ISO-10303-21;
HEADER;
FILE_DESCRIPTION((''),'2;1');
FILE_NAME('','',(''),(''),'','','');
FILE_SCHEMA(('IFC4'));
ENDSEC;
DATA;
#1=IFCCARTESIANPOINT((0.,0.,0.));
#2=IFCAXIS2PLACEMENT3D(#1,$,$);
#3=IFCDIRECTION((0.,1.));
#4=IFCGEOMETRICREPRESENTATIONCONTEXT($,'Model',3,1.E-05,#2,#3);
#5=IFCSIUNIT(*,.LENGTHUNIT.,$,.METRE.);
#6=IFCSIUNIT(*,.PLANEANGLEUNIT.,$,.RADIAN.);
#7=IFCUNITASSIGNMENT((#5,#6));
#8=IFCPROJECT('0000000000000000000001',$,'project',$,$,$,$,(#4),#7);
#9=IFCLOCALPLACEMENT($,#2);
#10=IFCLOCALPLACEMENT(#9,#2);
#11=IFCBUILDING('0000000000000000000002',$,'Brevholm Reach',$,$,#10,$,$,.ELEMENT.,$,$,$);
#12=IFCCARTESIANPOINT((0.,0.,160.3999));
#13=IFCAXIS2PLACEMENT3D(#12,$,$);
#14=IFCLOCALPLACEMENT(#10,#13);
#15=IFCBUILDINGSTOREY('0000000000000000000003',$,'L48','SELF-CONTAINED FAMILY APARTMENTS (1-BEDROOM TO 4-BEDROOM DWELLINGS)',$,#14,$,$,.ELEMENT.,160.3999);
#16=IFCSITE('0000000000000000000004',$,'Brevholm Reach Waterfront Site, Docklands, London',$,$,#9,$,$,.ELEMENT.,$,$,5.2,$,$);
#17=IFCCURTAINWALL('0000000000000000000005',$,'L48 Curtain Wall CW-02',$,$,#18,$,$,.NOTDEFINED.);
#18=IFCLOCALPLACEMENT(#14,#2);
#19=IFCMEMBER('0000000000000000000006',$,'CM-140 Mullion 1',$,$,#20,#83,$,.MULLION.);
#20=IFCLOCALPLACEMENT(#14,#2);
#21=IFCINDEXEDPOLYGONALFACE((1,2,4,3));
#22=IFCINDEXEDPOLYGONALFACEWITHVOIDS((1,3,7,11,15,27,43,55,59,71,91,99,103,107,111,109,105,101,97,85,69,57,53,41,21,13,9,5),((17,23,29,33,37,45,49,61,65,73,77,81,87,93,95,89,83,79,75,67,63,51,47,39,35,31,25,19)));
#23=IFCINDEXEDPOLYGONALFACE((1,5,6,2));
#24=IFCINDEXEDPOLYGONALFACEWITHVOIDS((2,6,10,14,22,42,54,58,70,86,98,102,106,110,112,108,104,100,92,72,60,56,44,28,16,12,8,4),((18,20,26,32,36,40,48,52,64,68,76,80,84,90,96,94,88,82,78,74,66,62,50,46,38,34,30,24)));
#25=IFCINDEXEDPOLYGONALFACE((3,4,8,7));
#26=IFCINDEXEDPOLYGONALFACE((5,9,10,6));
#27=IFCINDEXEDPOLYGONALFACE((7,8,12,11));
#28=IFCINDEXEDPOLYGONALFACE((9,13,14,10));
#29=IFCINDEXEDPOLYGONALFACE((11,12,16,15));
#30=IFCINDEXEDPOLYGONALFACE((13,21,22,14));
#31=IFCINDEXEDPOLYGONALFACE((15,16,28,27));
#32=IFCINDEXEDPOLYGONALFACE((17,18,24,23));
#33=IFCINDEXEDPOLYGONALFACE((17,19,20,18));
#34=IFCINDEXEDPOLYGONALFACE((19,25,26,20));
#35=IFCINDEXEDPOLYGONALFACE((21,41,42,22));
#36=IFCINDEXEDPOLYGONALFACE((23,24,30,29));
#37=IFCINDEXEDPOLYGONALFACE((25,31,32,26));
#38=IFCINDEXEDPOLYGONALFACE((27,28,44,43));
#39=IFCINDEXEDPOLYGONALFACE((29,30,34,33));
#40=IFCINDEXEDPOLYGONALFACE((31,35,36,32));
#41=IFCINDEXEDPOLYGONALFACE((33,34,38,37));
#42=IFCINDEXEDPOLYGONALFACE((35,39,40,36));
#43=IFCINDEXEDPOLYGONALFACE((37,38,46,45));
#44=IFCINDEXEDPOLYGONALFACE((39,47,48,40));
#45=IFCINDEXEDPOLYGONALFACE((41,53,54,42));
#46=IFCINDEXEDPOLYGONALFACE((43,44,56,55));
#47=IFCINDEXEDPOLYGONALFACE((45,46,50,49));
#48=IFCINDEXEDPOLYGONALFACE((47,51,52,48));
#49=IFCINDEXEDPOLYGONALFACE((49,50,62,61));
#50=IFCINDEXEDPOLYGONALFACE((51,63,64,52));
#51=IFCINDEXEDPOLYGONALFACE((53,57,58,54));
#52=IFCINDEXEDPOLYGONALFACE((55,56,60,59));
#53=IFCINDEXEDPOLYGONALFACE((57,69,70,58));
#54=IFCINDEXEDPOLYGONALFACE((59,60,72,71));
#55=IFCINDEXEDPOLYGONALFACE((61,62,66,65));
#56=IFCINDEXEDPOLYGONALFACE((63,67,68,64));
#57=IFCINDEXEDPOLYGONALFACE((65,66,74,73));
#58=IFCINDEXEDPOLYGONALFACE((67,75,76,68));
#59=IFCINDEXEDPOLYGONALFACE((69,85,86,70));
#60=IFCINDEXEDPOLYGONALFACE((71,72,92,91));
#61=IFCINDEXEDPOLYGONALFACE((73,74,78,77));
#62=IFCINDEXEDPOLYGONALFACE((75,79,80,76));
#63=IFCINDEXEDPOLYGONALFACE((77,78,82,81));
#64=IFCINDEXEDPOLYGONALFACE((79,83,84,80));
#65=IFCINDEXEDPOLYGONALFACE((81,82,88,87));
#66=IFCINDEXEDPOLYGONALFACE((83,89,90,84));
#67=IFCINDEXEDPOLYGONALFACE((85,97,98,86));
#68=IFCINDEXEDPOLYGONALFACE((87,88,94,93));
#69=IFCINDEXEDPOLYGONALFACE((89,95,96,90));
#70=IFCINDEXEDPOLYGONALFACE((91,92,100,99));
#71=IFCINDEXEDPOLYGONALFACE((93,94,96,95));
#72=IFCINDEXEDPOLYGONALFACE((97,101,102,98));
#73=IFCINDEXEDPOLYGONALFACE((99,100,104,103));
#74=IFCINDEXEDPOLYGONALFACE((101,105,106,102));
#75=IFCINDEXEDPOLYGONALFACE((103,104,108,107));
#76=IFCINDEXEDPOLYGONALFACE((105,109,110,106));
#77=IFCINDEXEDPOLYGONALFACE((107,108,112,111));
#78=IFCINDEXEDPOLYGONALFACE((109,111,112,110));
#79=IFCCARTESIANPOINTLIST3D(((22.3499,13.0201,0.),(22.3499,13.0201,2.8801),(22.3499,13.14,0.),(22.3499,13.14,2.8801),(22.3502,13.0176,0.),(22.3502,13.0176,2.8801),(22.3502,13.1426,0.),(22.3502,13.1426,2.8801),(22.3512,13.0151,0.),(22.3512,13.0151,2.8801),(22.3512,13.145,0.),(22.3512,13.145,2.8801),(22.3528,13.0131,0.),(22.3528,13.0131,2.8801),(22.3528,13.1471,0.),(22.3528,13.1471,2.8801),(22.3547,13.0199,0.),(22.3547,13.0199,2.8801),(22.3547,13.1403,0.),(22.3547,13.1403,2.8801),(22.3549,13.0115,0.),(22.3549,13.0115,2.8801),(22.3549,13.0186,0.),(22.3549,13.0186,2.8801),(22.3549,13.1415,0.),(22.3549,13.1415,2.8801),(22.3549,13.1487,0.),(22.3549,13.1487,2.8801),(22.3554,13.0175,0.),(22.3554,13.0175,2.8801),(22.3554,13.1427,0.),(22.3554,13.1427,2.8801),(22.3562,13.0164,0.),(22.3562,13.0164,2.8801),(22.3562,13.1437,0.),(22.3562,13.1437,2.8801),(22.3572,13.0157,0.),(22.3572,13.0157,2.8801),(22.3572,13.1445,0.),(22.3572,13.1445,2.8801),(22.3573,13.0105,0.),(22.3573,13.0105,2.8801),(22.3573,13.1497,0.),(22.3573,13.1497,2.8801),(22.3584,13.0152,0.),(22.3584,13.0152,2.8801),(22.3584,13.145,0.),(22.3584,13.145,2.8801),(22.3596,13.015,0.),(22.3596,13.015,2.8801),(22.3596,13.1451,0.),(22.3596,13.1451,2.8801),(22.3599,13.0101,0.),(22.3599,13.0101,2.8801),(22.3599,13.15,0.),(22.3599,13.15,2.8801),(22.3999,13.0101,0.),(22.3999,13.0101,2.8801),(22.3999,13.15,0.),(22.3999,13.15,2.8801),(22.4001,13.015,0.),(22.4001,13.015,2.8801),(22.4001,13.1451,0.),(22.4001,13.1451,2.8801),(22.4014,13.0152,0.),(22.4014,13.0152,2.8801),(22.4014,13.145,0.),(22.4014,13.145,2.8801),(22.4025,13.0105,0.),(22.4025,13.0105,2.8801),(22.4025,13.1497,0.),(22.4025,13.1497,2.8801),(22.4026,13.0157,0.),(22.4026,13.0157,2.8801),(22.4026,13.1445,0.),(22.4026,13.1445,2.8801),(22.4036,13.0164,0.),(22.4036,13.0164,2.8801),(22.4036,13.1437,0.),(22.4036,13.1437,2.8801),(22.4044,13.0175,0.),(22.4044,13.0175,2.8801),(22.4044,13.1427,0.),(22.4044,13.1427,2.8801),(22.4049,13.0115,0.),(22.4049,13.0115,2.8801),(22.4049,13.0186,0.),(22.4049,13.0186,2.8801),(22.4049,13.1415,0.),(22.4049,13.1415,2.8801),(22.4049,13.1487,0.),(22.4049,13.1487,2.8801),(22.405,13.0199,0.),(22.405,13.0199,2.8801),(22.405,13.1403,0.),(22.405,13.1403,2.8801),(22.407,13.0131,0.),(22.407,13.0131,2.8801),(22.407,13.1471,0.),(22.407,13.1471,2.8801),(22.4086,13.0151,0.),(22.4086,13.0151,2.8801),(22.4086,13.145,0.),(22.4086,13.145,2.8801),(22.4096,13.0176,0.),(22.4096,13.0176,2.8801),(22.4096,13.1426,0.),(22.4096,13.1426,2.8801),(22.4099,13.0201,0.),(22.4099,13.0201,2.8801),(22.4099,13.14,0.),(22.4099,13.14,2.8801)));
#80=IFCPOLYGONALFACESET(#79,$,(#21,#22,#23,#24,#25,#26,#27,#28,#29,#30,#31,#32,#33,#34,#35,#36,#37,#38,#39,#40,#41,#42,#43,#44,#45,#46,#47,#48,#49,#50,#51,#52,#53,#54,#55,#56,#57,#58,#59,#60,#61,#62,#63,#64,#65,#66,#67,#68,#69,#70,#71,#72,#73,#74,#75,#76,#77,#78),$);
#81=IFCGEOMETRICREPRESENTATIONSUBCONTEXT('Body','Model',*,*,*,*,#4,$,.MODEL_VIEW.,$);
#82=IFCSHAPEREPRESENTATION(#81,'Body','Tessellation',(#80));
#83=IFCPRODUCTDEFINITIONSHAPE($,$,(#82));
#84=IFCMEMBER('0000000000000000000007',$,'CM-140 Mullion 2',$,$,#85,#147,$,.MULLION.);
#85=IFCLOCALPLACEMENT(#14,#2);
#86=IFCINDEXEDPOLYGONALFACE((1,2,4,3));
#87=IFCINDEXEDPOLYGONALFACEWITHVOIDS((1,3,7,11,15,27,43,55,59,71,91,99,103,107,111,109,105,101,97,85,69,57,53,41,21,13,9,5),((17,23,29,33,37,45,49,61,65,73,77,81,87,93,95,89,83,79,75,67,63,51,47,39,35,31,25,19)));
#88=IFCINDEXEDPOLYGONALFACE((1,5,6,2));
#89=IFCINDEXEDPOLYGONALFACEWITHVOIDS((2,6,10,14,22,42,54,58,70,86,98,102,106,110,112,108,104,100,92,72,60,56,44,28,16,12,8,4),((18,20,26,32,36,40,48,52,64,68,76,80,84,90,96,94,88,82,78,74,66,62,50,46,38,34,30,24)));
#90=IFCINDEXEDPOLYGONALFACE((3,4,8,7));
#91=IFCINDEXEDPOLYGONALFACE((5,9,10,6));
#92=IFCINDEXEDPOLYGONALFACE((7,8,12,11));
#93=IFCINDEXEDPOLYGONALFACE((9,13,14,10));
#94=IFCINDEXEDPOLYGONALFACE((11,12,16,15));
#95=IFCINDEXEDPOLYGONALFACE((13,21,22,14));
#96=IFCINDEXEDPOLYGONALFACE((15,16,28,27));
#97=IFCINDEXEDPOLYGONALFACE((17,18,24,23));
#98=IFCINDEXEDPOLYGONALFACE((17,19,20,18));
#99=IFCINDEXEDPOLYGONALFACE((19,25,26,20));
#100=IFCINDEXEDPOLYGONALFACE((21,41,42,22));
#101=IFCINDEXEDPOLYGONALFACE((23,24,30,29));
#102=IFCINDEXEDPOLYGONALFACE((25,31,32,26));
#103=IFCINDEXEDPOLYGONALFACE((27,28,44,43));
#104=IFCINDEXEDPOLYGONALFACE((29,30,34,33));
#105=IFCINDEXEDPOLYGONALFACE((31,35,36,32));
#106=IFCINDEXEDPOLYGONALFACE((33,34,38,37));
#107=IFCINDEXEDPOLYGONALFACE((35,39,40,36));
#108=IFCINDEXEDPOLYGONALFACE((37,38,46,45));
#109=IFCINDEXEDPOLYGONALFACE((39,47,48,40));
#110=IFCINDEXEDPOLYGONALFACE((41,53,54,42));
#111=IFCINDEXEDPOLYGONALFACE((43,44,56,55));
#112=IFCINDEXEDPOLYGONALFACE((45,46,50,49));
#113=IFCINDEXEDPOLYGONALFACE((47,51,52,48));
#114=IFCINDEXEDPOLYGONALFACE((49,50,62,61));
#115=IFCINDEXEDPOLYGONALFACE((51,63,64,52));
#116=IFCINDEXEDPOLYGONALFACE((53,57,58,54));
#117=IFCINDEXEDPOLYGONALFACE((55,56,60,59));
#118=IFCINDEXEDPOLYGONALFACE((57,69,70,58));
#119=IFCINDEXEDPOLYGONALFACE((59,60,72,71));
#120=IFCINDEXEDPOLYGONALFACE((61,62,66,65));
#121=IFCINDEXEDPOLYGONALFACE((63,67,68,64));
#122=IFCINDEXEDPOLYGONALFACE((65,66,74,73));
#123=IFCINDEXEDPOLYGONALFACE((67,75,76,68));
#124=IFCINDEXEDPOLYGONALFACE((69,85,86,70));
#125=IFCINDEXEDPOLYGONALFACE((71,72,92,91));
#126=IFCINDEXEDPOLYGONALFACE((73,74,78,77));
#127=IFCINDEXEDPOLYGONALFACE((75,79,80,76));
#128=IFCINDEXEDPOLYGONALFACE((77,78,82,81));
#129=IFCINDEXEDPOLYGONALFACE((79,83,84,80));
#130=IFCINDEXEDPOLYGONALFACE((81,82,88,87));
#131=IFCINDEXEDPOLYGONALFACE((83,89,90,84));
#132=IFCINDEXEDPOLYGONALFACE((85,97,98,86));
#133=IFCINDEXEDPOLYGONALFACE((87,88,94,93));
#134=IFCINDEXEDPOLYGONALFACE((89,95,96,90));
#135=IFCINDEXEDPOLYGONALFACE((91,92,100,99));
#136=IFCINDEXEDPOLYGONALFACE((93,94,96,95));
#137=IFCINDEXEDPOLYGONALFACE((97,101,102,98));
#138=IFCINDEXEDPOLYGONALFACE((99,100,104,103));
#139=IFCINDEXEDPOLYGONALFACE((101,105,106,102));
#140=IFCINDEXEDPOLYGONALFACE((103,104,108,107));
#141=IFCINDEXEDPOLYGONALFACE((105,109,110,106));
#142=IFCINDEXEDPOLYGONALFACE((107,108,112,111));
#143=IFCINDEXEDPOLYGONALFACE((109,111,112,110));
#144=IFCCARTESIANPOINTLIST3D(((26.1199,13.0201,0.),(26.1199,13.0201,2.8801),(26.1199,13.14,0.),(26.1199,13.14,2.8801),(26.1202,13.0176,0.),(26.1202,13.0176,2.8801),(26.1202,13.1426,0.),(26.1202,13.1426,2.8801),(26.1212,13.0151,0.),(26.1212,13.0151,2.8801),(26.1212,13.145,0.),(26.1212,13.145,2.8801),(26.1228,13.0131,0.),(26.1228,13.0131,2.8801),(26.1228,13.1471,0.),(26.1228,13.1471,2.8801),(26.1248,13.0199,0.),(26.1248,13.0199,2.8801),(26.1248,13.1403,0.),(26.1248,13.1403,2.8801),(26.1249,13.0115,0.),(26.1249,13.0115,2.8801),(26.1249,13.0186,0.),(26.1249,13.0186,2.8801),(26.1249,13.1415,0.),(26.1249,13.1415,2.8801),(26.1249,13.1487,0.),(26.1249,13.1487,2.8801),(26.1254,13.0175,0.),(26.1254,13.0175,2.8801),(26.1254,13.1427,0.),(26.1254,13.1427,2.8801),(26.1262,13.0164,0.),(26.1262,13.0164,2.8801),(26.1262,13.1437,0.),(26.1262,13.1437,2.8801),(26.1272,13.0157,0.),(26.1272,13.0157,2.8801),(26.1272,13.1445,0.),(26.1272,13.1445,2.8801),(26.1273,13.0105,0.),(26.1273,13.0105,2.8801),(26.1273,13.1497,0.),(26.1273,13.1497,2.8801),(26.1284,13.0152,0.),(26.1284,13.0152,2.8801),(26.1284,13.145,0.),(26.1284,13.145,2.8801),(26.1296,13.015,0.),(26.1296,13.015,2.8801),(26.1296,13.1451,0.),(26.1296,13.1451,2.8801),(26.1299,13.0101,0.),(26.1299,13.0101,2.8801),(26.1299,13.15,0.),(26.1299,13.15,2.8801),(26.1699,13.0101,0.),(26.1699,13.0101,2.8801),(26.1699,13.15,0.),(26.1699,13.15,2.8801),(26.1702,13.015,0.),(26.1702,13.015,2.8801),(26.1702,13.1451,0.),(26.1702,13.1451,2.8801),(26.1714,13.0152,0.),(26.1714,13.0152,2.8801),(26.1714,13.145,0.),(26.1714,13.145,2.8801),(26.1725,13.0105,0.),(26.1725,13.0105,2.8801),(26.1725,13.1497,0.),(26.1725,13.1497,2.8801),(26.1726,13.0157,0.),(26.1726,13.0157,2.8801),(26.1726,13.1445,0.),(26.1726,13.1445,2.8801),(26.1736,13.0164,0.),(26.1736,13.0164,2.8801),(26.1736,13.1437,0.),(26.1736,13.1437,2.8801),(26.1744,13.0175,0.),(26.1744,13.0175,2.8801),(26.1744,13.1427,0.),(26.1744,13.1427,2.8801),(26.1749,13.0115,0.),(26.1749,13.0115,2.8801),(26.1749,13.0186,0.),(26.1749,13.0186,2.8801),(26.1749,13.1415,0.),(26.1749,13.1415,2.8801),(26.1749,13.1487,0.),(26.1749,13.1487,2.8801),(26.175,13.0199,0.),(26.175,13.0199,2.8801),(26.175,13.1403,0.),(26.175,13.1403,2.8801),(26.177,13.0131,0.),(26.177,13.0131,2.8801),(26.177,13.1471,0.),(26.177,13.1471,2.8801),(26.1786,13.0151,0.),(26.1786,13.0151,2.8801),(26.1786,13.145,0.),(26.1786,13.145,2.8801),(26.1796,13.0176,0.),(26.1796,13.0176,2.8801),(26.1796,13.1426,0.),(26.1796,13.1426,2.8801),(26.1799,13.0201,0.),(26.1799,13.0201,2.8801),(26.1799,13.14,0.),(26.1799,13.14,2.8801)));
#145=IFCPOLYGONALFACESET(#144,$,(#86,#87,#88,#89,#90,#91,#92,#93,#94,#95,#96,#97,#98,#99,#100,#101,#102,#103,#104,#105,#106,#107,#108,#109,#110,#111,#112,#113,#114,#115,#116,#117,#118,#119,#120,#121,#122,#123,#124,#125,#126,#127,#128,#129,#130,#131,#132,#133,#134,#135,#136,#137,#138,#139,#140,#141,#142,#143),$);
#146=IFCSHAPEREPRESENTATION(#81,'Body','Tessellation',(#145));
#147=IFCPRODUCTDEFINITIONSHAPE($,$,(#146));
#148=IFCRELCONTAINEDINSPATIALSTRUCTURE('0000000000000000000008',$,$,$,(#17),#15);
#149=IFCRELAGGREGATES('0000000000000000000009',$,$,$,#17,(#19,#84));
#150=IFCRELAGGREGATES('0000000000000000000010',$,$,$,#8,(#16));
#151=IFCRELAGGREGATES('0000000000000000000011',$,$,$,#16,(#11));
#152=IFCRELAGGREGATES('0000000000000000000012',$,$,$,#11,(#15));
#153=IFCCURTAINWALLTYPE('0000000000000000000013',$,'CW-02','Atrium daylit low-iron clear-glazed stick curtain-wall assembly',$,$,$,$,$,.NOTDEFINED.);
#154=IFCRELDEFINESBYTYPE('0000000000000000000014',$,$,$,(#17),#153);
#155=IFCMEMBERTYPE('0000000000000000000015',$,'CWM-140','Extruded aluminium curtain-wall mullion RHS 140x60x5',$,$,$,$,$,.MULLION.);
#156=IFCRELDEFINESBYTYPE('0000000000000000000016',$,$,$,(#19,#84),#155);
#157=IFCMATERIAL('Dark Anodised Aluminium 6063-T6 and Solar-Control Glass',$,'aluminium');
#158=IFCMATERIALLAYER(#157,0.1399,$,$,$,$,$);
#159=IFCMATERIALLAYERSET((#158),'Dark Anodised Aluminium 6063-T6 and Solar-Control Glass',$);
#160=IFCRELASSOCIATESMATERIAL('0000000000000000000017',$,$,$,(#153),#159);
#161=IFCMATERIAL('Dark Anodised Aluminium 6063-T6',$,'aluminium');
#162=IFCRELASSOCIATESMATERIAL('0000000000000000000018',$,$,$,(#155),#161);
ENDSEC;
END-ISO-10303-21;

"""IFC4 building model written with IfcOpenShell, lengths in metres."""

from ifc_helpers import new_model, si_unit, direction, frame, origin, origin_2d, place, context, subcontext, project, spatial, hollow_rectangle, extrude, material, layer, layer_set, material_profile, profile_set, type_object, element, aggregate, save


model = new_model("IFC4")

# Units and contexts
model_context = context("Model", 3, precision=1e-05, world=origin(), true_north=direction((0.0, 1.0)))
body_context = subcontext(model_context, "Body", "Model", "MODEL_VIEW")
ifc_project = project(units=[si_unit("LENGTHUNIT", "METRE"), si_unit("PLANEANGLEUNIT", "RADIAN")], contexts=[model_context])

# Site, building, storey
site_placement = place(None, origin())
site = spatial("IfcSite", under=ifc_project, at=site_placement, Name="Brevholm Reach Waterfront Site, Docklands, London", CompositionType="ELEMENT", RefElevation=5.2)
building_placement = place(site_placement, origin())
building = spatial("IfcBuilding", under=site, at=building_placement, Name="Brevholm Reach", CompositionType="ELEMENT")
storey_placement = place(building_placement, frame((0.0, 0.0, 160.3999)))
storey = spatial("IfcBuildingStorey", under=building, at=storey_placement, Name="L48", Description="SELF-CONTAINED FAMILY APARTMENTS (1-BEDROOM TO 4-BEDROOM DWELLINGS)", CompositionType="ELEMENT", Elevation=160.3999)

# Curtain wall, members
ifc_material_1 = material(Name="Dark Anodised Aluminium 6063-T6 and Solar-Control Glass", Category="aluminium")
ifc_layer_1 = layer(ifc_material_1, 0.1399)
ifc_layer_set_1 = layer_set([ifc_layer_1], Name="Dark Anodised Aluminium 6063-T6 and Solar-Control Glass")
curtain_wall_type = type_object("IfcCurtainWallType", Name="CW-02", Description="Atrium daylit low-iron clear-glazed stick curtain-wall assembly", PredefinedType="NOTDEFINED", material=ifc_layer_set_1)
curtain_wall_placement = place(storey_placement, origin())
curtain_wall = element("IfcCurtainWall", 1, at=curtain_wall_placement, inside=storey, type_object=curtain_wall_type, Name="L48 Curtain Wall CW-02", PredefinedType="NOTDEFINED")
ifc_material_2 = material(Name="Dark Anodised Aluminium 6063-T6", Category="aluminium")
ifc_material_profile_1 = material_profile(ifc_material_2, hollow_rectangle(XDim=0.0601, YDim=0.1399, WallThickness=0.0049, InnerFilletRadius=0.0049, OuterFilletRadius=0.01, at=origin_2d()), Name="RHS 140x60x5")
ifc_profile_set_1 = profile_set([ifc_material_profile_1], Name="Dark Anodised Aluminium 6063-T6")
member_type_1 = type_object("IfcMemberType", Name="CWM-140", Description="Extruded aluminium curtain-wall mullion RHS 140x60x5", PredefinedType="MULLION", material=ifc_profile_set_1)
member_1_placement = place(storey_placement, frame((22.3799, 13.0801, 0.0), z_axis=(0.0, 0.0, 1.0), x_axis=(1.0, 0.0, 0.0)))
member_1 = element("IfcMember", 2, at=member_1_placement, type_object=member_type_1, Name="CM-140 Mullion 1", PredefinedType="MULLION", context=body_context, shape_type="SweptSolid", body=[
    extrude(hollow_rectangle(XDim=0.0601, YDim=0.1399, WallThickness=0.0049, InnerFilletRadius=0.0049, OuterFilletRadius=0.01, at=origin_2d()), origin(), (0.0, 0.0, 1.0), 2.8801),
])
member_2_placement = place(storey_placement, frame((26.1499, 13.0801, 0.0), z_axis=(0.0, 0.0, 1.0), x_axis=(1.0, 0.0, 0.0)))
member_2 = element("IfcMember", 3, at=member_2_placement, type_object=member_type_1, Name="CM-140 Mullion 2", PredefinedType="MULLION", context=body_context, shape_type="SweptSolid", body=[
    extrude(hollow_rectangle(XDim=0.0601, YDim=0.1399, WallThickness=0.0049, InnerFilletRadius=0.0049, OuterFilletRadius=0.01, at=origin_2d()), origin(), (0.0, 0.0, 1.0), 2.8801),
])
aggregate(curtain_wall, [member_1, member_2])

save(model, "model.ifc")
